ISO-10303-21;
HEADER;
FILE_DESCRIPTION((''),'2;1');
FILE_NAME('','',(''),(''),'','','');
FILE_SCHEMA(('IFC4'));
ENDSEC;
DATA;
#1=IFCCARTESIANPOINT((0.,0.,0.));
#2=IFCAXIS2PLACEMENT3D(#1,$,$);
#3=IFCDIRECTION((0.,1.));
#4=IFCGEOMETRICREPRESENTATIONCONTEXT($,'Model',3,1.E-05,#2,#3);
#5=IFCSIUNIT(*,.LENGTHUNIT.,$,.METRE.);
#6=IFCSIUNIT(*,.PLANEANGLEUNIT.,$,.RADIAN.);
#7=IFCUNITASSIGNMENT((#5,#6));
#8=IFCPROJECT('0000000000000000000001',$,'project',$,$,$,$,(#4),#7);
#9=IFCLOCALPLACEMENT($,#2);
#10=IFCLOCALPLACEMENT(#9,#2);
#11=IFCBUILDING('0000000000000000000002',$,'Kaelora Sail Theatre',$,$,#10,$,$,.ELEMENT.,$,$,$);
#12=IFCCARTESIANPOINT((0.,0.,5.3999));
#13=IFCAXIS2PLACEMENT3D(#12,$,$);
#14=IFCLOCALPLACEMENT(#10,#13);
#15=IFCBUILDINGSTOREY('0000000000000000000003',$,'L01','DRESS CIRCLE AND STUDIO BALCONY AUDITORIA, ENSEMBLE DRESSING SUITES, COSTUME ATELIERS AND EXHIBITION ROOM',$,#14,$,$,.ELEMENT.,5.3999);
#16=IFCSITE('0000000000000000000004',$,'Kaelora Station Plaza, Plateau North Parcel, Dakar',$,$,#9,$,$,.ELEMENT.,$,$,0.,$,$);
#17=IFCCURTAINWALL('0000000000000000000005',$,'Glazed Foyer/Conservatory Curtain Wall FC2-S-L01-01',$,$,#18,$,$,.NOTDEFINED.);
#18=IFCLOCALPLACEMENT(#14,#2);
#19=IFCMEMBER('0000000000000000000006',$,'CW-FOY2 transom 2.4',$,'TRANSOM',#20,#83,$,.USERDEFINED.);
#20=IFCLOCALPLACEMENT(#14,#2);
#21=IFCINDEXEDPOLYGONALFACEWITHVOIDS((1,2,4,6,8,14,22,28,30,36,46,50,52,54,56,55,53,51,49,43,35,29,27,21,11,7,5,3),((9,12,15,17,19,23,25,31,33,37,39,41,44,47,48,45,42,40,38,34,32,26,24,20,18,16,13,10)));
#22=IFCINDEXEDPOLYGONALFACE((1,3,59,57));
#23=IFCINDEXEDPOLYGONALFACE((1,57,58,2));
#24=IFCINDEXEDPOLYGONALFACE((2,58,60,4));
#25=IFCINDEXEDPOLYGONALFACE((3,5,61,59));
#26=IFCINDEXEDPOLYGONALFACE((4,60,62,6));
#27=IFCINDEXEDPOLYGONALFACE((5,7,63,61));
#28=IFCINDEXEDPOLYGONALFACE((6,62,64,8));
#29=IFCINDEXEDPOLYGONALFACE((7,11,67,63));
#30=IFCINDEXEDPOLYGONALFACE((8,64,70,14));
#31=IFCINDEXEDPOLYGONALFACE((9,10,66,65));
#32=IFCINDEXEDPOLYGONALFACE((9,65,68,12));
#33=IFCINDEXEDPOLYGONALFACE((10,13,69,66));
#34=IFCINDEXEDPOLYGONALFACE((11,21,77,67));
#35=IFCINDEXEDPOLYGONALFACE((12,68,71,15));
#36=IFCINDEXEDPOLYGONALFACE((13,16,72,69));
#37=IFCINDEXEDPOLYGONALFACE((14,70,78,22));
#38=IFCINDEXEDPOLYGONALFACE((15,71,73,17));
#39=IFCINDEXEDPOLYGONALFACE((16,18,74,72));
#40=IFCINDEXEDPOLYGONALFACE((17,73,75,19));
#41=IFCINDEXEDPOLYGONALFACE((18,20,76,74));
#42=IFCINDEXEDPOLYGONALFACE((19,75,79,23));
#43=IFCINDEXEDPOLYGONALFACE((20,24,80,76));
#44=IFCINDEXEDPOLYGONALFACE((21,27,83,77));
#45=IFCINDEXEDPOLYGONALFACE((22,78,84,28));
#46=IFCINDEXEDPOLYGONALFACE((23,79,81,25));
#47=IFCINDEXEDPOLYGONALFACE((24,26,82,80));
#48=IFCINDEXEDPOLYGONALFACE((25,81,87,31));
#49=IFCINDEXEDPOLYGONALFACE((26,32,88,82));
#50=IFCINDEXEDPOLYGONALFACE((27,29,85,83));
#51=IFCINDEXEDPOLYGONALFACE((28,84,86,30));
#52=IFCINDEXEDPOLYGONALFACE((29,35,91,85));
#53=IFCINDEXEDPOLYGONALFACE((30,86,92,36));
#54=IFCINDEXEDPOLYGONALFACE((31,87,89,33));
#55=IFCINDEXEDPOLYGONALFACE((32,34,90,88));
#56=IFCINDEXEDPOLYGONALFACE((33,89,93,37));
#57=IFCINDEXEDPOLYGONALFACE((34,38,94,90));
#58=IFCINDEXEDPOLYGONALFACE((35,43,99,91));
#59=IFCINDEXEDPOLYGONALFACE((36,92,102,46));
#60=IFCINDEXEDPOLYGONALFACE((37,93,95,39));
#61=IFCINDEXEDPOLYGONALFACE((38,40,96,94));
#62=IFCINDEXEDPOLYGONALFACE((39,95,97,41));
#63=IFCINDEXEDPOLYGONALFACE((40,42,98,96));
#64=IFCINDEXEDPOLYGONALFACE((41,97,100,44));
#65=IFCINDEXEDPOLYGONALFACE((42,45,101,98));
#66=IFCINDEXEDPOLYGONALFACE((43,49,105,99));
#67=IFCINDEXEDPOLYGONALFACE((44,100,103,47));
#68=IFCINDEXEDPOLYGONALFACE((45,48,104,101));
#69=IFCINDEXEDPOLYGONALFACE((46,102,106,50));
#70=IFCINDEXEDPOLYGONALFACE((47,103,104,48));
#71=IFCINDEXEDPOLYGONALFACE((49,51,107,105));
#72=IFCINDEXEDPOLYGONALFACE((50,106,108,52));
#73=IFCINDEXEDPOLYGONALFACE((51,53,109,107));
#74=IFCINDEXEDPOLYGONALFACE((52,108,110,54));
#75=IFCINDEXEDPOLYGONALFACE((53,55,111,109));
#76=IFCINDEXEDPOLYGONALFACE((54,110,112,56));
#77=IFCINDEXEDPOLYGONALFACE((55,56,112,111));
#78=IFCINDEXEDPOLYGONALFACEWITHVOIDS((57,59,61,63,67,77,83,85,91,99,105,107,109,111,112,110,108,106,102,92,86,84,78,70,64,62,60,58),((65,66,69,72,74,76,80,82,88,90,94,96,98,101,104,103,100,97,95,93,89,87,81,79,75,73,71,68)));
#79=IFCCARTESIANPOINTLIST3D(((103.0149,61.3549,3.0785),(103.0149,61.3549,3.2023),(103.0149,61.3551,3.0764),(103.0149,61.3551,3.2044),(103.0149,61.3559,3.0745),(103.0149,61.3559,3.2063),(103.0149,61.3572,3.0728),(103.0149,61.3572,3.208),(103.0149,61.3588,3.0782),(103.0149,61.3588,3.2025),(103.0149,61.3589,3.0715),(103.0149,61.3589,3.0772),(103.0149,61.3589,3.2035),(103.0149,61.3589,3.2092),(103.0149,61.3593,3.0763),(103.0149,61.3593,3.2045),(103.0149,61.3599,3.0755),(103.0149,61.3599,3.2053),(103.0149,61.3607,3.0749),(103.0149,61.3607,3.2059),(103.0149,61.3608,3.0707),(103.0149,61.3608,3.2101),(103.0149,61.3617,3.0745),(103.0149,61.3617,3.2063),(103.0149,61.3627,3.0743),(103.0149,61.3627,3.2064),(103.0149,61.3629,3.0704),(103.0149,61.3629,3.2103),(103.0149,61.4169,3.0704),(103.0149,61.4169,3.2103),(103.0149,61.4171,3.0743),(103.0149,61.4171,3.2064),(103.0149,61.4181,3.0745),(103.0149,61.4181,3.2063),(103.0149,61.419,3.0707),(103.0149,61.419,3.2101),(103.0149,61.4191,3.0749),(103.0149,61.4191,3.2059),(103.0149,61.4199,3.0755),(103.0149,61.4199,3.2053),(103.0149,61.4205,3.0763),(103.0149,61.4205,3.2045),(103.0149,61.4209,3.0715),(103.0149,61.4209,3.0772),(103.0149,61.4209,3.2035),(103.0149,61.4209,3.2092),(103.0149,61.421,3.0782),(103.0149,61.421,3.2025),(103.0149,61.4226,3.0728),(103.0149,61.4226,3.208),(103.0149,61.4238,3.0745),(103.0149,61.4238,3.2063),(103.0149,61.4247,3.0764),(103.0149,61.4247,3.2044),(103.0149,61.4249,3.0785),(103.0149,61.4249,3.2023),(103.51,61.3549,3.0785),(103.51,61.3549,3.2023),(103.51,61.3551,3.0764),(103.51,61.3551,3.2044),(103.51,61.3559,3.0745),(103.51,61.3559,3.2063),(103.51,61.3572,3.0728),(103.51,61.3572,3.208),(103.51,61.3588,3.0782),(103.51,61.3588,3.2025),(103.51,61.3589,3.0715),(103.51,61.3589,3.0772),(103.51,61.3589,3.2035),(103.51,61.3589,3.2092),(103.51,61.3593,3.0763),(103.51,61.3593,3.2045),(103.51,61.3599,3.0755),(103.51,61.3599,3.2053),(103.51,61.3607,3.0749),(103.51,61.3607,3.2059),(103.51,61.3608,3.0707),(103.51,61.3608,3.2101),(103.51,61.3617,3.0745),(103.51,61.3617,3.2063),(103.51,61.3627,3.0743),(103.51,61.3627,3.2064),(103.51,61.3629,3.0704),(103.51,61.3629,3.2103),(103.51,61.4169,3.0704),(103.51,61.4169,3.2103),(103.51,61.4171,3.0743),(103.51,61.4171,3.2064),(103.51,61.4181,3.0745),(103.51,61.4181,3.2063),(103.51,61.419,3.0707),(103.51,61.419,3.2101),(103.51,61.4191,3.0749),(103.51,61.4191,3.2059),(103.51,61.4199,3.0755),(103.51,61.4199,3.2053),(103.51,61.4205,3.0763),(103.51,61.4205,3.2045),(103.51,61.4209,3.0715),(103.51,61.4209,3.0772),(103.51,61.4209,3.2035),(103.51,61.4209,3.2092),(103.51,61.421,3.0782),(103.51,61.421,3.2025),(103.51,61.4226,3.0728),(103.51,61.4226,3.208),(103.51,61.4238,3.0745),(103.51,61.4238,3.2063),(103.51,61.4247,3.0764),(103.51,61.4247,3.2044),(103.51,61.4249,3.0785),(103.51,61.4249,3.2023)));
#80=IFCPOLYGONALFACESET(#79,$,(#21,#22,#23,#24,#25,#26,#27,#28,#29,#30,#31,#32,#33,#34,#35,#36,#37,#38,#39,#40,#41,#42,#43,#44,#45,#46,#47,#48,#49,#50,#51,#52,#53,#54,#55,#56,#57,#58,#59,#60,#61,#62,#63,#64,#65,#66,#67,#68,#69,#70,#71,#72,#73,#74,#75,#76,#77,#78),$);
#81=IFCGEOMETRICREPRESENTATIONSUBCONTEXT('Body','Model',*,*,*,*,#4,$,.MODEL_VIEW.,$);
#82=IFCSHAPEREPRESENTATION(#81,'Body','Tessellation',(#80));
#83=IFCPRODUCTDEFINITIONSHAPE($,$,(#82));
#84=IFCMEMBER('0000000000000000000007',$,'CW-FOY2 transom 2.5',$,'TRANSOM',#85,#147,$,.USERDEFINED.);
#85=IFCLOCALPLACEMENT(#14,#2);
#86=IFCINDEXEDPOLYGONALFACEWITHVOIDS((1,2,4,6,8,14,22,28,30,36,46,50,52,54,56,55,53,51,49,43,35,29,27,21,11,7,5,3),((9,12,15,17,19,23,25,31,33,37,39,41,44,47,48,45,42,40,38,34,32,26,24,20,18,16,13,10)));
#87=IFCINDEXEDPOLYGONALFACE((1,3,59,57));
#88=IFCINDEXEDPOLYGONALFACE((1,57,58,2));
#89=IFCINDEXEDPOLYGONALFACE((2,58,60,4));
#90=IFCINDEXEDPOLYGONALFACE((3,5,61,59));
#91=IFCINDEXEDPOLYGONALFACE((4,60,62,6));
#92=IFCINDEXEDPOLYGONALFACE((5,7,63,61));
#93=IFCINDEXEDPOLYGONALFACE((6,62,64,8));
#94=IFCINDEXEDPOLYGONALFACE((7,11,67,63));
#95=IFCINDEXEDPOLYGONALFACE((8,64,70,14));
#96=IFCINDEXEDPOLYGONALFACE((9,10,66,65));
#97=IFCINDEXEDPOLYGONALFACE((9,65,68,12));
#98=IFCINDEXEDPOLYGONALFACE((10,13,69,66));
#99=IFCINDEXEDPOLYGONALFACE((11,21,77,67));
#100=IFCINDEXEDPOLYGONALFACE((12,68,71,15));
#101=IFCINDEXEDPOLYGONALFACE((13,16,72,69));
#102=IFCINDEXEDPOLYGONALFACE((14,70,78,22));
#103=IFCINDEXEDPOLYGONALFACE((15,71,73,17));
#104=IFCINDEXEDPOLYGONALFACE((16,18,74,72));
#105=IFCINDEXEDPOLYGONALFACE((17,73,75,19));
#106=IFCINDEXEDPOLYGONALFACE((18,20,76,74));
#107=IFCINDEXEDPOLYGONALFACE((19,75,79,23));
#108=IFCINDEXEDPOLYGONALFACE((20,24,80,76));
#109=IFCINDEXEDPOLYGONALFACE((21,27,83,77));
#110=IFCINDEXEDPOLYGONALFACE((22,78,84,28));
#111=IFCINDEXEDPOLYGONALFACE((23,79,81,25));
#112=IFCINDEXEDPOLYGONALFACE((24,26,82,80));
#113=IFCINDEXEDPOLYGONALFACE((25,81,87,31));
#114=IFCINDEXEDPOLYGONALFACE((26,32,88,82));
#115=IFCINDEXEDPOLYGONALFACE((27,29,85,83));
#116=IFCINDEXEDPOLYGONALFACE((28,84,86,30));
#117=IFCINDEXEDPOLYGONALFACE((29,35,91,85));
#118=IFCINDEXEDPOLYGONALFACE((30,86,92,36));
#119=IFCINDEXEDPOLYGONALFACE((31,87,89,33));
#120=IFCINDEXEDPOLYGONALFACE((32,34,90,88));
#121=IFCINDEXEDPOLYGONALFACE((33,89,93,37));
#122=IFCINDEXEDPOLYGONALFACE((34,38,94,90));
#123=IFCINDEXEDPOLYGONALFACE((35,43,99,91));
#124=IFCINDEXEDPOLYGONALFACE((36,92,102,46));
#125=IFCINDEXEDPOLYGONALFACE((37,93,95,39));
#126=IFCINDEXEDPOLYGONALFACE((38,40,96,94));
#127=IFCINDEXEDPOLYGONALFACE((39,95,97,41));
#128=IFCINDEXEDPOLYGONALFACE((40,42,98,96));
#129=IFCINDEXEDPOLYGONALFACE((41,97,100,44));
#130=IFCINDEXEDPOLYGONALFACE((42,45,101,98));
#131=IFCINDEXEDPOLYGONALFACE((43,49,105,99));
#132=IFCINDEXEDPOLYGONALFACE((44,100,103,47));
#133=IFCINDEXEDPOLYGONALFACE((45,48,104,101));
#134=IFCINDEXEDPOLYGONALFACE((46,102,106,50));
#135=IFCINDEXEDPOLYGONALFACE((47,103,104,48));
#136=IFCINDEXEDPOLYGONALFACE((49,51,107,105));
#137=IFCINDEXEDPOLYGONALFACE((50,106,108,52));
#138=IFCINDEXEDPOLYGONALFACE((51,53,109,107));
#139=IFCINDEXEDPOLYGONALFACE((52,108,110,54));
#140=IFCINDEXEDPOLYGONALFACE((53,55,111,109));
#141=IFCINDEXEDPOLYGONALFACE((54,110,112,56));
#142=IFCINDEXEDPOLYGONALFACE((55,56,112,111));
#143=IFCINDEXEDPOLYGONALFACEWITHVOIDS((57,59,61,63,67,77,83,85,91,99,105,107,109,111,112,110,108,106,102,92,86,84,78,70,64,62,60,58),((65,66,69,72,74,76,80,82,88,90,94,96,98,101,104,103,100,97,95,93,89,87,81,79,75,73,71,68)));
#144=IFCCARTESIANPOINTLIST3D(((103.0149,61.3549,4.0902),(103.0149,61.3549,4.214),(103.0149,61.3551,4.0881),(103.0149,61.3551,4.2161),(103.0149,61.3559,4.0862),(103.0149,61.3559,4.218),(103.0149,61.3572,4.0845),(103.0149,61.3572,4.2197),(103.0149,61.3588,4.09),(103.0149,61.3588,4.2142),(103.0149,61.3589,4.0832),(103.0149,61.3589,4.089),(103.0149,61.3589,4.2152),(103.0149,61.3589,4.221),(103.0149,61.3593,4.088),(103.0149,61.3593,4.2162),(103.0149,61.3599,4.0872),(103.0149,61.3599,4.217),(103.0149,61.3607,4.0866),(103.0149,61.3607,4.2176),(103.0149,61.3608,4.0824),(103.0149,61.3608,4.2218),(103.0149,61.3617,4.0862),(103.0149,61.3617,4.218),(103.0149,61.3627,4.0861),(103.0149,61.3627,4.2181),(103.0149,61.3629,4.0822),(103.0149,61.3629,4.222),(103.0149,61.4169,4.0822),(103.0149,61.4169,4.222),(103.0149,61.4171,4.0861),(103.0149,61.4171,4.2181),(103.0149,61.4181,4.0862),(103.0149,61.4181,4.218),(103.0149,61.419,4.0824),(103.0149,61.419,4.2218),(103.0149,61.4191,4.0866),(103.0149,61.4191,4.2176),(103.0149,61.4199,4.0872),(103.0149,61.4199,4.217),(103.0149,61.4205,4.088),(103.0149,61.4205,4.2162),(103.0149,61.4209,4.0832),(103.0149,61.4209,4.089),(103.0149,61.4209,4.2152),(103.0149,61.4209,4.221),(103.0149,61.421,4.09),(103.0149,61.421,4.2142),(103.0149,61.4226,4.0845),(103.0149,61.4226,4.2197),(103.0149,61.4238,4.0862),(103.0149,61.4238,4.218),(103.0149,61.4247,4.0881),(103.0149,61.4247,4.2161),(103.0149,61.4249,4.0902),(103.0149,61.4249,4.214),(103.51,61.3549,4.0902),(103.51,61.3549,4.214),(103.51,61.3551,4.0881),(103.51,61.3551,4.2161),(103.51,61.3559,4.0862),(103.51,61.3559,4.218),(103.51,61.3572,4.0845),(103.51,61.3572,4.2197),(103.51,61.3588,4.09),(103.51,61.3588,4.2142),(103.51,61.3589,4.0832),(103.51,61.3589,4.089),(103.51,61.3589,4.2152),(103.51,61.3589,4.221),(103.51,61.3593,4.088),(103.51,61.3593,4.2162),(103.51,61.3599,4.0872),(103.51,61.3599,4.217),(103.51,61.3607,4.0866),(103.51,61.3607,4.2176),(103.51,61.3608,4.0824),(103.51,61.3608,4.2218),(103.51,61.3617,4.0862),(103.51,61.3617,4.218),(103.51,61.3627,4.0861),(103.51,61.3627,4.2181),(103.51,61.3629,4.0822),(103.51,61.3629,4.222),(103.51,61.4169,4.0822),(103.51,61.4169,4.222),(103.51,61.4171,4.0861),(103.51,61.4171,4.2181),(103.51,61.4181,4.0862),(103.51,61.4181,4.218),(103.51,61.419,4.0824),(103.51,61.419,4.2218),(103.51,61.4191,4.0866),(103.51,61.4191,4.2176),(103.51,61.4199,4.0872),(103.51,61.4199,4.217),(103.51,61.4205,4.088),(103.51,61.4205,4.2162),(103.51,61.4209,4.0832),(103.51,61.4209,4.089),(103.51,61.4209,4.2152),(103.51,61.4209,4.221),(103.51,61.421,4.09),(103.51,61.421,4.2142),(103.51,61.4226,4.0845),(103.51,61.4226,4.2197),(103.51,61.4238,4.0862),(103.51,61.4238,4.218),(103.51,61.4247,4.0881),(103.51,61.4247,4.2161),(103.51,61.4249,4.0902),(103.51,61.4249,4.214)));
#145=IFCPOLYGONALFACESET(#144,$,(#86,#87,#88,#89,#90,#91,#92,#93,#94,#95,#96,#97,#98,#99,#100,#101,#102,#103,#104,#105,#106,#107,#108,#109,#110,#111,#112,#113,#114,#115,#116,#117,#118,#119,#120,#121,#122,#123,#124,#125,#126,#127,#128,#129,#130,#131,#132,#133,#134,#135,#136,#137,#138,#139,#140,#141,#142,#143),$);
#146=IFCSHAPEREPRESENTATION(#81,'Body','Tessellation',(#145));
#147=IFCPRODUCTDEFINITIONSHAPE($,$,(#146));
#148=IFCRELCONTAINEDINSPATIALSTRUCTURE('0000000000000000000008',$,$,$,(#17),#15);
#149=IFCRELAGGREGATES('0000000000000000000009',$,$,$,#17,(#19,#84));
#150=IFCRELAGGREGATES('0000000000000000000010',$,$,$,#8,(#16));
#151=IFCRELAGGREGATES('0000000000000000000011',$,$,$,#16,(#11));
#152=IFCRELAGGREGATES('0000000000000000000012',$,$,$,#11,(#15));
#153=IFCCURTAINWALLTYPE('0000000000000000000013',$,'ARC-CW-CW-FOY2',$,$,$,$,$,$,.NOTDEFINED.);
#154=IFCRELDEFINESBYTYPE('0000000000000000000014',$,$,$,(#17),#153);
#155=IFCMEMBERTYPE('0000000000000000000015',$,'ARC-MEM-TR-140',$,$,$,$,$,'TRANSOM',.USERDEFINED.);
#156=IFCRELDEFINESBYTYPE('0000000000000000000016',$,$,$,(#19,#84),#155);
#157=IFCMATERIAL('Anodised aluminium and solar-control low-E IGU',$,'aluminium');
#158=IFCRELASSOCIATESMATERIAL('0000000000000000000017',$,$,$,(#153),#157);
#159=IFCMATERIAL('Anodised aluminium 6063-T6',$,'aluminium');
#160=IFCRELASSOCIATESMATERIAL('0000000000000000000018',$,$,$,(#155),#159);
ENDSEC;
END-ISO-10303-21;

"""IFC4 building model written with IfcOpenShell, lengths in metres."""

from ifc_helpers import new_model, si_unit, direction, frame, origin, origin_2d, place, context, subcontext, project, spatial, hollow_rectangle, extrude, material, material_profile, profile_set, type_object, element, aggregate, save


model = new_model("IFC4")

# Units and contexts
model_context = context("Model", 3, precision=1e-05, world=origin(), true_north=direction((0.0, 1.0)))
body_context = subcontext(model_context, "Body", "Model", "MODEL_VIEW")
ifc_project = project(units=[si_unit("LENGTHUNIT", "METRE"), si_unit("PLANEANGLEUNIT", "RADIAN")], contexts=[model_context])

# Site, building, storey
site_placement = place(None, origin())
site = spatial("IfcSite", under=ifc_project, at=site_placement, Name="Kaelora Station Plaza, Plateau North Parcel, Dakar", CompositionType="ELEMENT", RefElevation=0.0)
building_placement = place(site_placement, origin())
building = spatial("IfcBuilding", under=site, at=building_placement, Name="Kaelora Sail Theatre", CompositionType="ELEMENT")
storey_placement = place(building_placement, frame((0.0, 0.0, 5.3999)))
storey = spatial("IfcBuildingStorey", under=building, at=storey_placement, Name="L01", Description="DRESS CIRCLE AND STUDIO BALCONY AUDITORIA, ENSEMBLE DRESSING SUITES, COSTUME ATELIERS AND EXHIBITION ROOM", CompositionType="ELEMENT", Elevation=5.3999)

# Curtain wall
ifc_material_1 = material(Name="Anodised aluminium and solar-control low-E IGU", Category="aluminium")
curtain_wall_type = type_object("IfcCurtainWallType", Name="ARC-CW-CW-FOY2", PredefinedType="NOTDEFINED", material=ifc_material_1)
curtain_wall_1_placement = place(storey_placement, origin())
curtain_wall_1 = element("IfcCurtainWall", 1, at=curtain_wall_1_placement, inside=storey, type_object=curtain_wall_type, Name="Glazed Foyer/Conservatory Curtain Wall FC2-S-L01-01", PredefinedType="NOTDEFINED")

# Members
ifc_material_2 = material(Name="Anodised aluminium 6063-T6", Category="aluminium")
ifc_material_profile_1 = material_profile(ifc_material_2, hollow_rectangle(XDim=0.0701, YDim=0.1399, WallThickness=0.0039, InnerFilletRadius=0.0039, OuterFilletRadius=0.0081, at=origin_2d()), Name="ALU-TRAN 70x140x4")
ifc_profile_set_1 = profile_set([ifc_material_profile_1], Name="Anodised aluminium 6063-T6")
member_type_1 = type_object("IfcMemberType", Name="ARC-MEM-TR-140", ElementType="TRANSOM", PredefinedType="USERDEFINED", material=ifc_profile_set_1)
member_1_placement = place(storey_placement, frame((103.0149, 61.3899, 3.1404), z_axis=(1.0, 0.0, 0.0), x_axis=(0.0, 1.0, 0.0)))
member_1 = element("IfcMember", 2, at=member_1_placement, type_object=member_type_1, Name="CW-FOY2 transom 2.4", ObjectType="TRANSOM", PredefinedType="USERDEFINED", context=body_context, shape_type="SweptSolid", body=[
    extrude(hollow_rectangle(XDim=0.0701, YDim=0.1399, WallThickness=0.0039, InnerFilletRadius=0.0039, OuterFilletRadius=0.0081, at=origin_2d()), origin(), (0.0, 0.0, 1.0), 0.4951),
])
member_2_placement = place(storey_placement, frame((103.0149, 61.3899, 4.1521), z_axis=(1.0, 0.0, 0.0), x_axis=(0.0, 1.0, 0.0)))
member_2 = element("IfcMember", 3, at=member_2_placement, type_object=member_type_1, Name="CW-FOY2 transom 2.5", ObjectType="TRANSOM", PredefinedType="USERDEFINED", context=body_context, shape_type="SweptSolid", body=[
    extrude(hollow_rectangle(XDim=0.0701, YDim=0.1399, WallThickness=0.0039, InnerFilletRadius=0.0039, OuterFilletRadius=0.0081, at=origin_2d()), origin(), (0.0, 0.0, 1.0), 0.4951),
])

aggregate(curtain_wall_1, [member_1, member_2])

save(model, "model.ifc")
